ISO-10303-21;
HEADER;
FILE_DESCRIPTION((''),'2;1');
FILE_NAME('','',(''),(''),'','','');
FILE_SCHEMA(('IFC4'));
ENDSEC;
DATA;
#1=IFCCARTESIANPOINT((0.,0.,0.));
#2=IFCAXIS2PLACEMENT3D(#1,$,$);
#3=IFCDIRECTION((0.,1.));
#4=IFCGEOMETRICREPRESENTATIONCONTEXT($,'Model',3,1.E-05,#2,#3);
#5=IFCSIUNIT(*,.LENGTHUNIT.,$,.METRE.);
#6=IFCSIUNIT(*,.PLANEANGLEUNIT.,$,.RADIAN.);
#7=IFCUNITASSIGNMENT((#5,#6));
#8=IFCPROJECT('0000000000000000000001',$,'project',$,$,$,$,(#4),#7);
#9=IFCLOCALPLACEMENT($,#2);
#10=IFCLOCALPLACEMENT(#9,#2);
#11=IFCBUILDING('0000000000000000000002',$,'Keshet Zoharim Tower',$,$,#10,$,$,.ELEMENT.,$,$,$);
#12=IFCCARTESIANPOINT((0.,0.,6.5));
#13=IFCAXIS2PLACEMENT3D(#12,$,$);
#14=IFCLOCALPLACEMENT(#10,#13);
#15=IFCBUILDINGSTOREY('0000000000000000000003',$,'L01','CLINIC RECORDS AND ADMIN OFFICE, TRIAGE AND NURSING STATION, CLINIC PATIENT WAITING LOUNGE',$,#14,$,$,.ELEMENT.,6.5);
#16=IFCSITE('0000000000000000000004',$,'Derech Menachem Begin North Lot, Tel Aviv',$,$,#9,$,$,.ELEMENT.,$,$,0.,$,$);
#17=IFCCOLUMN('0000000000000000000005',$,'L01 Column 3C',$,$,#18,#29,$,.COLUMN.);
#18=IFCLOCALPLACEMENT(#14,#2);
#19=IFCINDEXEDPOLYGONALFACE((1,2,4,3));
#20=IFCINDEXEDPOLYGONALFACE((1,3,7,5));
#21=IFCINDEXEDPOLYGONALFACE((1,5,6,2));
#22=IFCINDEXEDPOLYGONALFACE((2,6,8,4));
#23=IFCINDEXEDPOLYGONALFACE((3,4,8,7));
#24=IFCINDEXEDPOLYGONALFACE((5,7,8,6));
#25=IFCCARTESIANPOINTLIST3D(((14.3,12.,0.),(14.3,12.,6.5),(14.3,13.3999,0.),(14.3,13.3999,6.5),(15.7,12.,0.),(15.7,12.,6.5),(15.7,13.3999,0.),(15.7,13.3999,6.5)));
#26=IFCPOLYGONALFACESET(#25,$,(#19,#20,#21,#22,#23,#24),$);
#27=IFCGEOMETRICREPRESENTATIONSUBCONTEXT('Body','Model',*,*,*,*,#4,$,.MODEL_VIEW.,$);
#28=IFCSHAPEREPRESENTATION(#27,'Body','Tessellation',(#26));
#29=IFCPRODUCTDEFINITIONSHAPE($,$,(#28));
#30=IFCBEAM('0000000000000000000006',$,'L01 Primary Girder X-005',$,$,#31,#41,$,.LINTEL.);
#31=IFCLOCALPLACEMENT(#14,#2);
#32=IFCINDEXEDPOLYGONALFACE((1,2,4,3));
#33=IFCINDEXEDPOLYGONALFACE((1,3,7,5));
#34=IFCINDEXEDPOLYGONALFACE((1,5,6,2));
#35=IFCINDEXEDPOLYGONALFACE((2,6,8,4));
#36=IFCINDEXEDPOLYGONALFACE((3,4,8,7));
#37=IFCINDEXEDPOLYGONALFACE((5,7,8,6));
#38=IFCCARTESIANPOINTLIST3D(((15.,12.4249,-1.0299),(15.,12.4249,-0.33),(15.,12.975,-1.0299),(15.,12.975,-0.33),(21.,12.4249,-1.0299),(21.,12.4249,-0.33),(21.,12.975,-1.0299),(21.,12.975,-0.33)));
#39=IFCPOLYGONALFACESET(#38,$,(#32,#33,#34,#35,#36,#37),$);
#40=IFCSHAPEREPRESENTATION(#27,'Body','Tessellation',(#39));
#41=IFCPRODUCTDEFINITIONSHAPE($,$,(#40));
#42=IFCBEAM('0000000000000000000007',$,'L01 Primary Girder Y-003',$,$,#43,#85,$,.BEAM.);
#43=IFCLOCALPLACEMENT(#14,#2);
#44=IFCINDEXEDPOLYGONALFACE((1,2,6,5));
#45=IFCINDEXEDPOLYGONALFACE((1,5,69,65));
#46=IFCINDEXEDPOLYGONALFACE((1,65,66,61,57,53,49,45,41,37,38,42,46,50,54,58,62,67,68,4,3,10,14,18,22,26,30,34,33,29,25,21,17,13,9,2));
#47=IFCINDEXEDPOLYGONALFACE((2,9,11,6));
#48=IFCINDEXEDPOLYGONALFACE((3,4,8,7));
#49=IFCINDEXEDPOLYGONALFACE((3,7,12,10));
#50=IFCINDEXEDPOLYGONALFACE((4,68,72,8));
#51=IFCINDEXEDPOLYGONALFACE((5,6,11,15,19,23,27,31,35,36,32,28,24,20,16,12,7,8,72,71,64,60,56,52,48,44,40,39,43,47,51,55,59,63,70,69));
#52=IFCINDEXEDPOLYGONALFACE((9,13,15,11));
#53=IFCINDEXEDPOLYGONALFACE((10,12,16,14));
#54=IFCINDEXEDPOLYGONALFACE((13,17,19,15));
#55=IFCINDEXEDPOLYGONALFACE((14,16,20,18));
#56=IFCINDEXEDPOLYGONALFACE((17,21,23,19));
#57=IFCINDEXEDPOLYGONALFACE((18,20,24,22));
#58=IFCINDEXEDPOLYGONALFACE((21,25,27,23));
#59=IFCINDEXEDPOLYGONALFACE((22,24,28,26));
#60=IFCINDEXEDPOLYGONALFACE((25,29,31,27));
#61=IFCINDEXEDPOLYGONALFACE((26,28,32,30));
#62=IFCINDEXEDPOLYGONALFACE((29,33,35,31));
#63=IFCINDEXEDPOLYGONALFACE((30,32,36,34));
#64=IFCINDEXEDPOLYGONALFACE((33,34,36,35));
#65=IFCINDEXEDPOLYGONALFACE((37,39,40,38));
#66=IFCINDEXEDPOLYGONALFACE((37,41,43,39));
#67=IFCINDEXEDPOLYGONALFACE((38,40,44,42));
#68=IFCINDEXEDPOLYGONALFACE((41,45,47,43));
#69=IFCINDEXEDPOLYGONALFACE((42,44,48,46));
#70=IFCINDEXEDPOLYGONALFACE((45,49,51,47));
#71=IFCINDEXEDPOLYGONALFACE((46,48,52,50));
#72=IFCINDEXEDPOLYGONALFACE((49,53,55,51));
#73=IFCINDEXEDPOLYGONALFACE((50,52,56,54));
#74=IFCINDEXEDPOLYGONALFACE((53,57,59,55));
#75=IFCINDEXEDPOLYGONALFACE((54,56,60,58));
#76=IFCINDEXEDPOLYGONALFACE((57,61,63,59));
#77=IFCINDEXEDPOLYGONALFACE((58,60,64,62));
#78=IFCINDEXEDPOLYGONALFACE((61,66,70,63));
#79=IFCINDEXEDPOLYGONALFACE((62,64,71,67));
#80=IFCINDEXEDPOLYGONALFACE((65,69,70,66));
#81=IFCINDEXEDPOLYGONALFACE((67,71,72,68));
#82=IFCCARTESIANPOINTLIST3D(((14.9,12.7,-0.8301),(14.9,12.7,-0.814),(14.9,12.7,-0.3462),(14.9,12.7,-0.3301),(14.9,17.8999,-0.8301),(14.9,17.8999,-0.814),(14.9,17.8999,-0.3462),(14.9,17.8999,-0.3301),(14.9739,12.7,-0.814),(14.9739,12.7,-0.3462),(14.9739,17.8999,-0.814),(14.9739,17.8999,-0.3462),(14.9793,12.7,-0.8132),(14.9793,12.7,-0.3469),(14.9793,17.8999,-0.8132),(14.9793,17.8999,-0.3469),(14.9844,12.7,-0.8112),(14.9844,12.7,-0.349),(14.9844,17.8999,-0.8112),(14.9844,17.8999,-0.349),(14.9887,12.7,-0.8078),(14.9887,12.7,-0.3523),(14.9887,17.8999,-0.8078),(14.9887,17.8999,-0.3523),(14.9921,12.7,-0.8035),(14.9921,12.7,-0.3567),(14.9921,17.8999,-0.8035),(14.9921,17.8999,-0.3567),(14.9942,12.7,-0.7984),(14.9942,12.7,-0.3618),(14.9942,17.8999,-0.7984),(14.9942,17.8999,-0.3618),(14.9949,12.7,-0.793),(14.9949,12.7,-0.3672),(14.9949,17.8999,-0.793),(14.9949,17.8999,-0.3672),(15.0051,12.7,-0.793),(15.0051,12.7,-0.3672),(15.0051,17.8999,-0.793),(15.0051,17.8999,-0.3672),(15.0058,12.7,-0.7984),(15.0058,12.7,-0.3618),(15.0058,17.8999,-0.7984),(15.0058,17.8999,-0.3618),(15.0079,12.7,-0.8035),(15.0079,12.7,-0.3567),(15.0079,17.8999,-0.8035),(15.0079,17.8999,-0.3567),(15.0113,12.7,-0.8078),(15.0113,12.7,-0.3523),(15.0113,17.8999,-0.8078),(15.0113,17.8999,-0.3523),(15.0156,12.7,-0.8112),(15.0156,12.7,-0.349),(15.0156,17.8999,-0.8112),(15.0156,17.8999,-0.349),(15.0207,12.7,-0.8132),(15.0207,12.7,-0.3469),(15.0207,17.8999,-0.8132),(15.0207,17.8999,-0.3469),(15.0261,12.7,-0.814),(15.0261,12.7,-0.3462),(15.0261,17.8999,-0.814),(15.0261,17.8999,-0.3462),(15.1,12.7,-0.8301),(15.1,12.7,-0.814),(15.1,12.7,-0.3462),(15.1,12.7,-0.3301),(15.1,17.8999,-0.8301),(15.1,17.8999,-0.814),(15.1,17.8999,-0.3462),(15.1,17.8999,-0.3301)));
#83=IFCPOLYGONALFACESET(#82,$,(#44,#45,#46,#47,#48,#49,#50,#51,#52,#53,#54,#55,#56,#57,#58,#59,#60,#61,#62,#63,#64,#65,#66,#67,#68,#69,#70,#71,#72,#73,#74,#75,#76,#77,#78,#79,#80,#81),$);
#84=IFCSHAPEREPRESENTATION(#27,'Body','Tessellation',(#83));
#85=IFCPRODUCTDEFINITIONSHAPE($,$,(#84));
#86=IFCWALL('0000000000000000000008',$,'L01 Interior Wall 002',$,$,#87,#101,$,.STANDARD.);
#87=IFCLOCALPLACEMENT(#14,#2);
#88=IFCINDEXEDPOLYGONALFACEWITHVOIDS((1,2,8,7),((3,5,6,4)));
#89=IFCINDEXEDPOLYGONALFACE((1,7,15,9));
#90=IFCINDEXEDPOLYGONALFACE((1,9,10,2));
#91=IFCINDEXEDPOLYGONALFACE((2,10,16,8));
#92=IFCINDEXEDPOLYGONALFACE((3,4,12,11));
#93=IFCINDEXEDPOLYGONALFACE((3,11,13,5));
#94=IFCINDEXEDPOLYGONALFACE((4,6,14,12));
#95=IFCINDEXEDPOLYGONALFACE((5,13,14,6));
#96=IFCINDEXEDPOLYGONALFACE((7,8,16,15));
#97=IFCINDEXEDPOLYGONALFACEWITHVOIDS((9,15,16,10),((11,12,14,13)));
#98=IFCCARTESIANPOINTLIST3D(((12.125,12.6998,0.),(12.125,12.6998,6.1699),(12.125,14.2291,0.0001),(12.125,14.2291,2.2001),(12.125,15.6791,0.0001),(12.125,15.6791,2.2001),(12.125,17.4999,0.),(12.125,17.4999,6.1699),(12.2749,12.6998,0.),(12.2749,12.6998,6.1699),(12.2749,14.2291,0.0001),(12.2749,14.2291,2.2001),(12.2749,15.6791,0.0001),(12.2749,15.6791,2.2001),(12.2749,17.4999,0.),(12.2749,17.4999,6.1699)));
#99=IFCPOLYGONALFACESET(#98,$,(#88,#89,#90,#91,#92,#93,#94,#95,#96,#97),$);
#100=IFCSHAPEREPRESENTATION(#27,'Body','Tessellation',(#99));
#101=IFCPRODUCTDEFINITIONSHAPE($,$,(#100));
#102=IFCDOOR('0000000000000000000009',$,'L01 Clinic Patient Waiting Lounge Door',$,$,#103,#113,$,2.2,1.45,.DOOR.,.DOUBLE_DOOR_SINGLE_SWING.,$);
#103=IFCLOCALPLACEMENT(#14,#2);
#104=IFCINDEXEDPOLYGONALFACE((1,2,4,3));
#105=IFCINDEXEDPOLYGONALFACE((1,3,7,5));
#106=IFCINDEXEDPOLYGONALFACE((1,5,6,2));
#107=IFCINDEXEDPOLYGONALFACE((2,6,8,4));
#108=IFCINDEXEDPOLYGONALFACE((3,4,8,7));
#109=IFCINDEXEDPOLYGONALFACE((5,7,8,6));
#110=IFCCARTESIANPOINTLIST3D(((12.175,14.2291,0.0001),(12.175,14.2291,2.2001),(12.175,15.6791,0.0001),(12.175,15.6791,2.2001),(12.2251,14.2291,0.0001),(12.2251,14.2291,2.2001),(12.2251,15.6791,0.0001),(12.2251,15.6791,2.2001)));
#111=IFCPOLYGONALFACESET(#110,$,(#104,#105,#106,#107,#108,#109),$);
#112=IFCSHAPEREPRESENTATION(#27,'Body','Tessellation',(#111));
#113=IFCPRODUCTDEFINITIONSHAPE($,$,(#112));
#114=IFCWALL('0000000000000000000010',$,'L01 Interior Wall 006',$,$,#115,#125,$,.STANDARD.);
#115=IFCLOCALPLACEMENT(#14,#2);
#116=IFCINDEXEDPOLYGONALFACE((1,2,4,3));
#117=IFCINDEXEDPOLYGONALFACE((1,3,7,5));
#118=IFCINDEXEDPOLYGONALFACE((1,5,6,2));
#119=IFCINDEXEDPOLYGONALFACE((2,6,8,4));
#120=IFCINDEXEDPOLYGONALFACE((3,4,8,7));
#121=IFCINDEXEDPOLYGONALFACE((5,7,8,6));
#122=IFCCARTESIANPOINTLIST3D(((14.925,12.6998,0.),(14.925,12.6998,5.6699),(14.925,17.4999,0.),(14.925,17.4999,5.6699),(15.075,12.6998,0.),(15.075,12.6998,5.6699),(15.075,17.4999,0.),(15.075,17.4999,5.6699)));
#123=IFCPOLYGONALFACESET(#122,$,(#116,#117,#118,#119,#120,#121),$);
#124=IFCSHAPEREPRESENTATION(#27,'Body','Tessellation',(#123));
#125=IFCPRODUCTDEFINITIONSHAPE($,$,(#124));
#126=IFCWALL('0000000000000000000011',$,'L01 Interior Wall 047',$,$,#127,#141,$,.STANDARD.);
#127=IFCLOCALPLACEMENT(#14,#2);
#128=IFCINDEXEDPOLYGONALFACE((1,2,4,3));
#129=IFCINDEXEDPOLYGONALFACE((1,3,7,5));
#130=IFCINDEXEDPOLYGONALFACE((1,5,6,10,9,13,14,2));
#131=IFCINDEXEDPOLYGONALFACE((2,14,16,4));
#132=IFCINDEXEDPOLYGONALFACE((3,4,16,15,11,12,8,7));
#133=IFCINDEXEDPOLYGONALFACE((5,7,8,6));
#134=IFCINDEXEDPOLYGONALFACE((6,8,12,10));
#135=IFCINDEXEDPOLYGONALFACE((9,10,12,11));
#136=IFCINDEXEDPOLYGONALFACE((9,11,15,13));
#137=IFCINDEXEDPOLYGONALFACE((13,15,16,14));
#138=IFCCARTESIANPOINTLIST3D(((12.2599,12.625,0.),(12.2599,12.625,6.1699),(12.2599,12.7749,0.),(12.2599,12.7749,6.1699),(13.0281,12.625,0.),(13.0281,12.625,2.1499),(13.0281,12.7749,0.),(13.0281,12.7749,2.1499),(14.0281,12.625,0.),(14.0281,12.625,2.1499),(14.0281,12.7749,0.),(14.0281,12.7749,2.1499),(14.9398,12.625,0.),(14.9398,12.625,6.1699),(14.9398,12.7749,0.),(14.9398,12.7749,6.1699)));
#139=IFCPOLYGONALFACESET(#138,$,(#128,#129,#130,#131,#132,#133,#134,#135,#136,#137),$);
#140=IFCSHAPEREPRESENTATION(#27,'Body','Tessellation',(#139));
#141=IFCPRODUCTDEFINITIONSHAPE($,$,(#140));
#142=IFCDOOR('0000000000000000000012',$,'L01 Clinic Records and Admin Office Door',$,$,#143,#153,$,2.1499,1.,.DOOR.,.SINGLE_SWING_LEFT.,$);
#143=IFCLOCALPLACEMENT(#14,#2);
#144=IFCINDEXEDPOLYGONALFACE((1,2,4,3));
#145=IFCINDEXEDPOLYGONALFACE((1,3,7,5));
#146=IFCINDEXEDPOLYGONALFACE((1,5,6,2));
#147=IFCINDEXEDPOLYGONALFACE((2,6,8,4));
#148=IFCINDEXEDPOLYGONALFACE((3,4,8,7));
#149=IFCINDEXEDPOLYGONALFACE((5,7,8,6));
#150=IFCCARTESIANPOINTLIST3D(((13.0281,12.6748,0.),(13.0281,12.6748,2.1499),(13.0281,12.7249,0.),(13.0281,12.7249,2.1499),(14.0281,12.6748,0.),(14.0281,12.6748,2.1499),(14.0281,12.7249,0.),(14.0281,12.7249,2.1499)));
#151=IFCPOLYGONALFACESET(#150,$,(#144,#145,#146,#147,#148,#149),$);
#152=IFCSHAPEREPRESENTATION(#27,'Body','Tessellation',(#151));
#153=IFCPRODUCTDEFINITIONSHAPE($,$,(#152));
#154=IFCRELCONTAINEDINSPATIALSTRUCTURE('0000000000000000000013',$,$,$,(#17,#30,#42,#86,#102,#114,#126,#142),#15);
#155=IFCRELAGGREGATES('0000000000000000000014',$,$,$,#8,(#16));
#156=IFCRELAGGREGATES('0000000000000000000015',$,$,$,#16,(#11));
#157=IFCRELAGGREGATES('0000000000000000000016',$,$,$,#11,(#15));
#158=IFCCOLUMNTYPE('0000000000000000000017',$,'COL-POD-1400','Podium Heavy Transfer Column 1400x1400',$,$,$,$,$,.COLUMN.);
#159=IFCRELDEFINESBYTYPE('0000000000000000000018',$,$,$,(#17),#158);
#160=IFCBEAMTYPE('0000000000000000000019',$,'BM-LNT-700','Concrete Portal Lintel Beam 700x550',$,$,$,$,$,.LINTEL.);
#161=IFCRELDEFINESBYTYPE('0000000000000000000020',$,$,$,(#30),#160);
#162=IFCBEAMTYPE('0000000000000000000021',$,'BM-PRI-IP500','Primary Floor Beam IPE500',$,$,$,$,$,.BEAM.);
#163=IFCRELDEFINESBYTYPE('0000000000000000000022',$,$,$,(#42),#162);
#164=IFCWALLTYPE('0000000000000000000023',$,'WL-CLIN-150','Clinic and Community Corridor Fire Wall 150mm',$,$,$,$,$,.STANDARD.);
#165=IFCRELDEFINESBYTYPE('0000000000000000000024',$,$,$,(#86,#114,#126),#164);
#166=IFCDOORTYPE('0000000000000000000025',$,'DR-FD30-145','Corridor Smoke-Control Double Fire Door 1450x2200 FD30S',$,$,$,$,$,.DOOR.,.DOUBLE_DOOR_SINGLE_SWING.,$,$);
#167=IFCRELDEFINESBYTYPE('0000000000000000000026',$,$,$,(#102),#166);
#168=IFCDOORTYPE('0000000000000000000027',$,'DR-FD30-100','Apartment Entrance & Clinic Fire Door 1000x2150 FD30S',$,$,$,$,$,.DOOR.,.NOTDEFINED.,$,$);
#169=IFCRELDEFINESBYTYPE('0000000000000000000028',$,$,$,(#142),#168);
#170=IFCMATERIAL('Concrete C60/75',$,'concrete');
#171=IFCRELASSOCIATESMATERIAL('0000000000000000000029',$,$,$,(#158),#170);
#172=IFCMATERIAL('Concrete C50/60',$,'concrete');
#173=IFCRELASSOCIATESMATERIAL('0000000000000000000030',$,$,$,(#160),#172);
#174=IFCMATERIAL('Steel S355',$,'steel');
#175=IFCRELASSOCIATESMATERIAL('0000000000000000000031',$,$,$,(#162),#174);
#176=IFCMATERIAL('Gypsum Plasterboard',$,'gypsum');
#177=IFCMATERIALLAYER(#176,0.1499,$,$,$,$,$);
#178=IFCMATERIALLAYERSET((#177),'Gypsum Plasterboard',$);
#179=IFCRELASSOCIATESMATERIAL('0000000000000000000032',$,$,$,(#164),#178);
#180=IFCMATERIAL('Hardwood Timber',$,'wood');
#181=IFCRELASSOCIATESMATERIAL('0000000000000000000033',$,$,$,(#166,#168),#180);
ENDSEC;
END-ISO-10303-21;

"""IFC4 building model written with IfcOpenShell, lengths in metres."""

from ifc_helpers import new_model, si_unit, direction, frame, frame_2d, origin, origin_2d, place, context, subcontext, project, spatial, rectangle, i_section, extrude, material, layer, layer_set, material_profile, profile_set, type_object, element, fill, save


model = new_model("IFC4")

# Units and contexts
model_context = context("Model", 3, precision=1e-05, world=origin(), true_north=direction((0.0, 1.0)))
body_context = subcontext(model_context, "Body", "Model", "MODEL_VIEW")
ifc_project = project(units=[si_unit("LENGTHUNIT", "METRE"), si_unit("PLANEANGLEUNIT", "RADIAN")], contexts=[model_context])

# Site, building, storey
site_placement = place(None, origin())
site = spatial("IfcSite", under=ifc_project, at=site_placement, Name="Derech Menachem Begin North Lot, Tel Aviv", CompositionType="ELEMENT", RefElevation=0.0)
building_placement = place(site_placement, origin())
building = spatial("IfcBuilding", under=site, at=building_placement, Name="Keshet Zoharim Tower", CompositionType="ELEMENT")
storey_placement = place(building_placement, frame((0.0, 0.0, 6.5)))
storey = spatial("IfcBuildingStorey", under=building, at=storey_placement, Name="L01", Description="CLINIC RECORDS AND ADMIN OFFICE, TRIAGE AND NURSING STATION, CLINIC PATIENT WAITING LOUNGE", CompositionType="ELEMENT", Elevation=6.5)

# Column
ifc_material_1 = material(Name="Concrete C60/75", Category="concrete")
ifc_material_profile_1 = material_profile(ifc_material_1, rectangle(XDim=1.3999, YDim=1.3999, at=origin_2d()), Name="RC1400x1400")
ifc_profile_set_1 = profile_set([ifc_material_profile_1], Name="Concrete C60/75")
column_type = type_object("IfcColumnType", Name="COL-POD-1400", Description="Podium Heavy Transfer Column 1400x1400", PredefinedType="COLUMN", material=ifc_profile_set_1)
column_placement = place(storey_placement, frame((15.0, 12.7, 0.0), z_axis=(0.0, 0.0, 1.0), x_axis=(1.0, 0.0, 0.0)))
element("IfcColumn", 1, at=column_placement, inside=storey, type_object=column_type, Name="L01 Column 3C", PredefinedType="COLUMN", context=body_context, shape_type="SweptSolid", body=[
    extrude(rectangle(XDim=1.3999, YDim=1.3999, at=origin_2d()), origin(), (0.0, 0.0, 1.0), 6.5),
])

# Beams
ifc_material_2 = material(Name="Concrete C50/60", Category="concrete")
ifc_material_profile_2 = material_profile(ifc_material_2, rectangle(XDim=0.55, YDim=0.7, at=origin_2d()), Name="RC700x550")
ifc_profile_set_2 = profile_set([ifc_material_profile_2], Name="Concrete C50/60")
beam_type_1 = type_object("IfcBeamType", Name="BM-LNT-700", Description="Concrete Portal Lintel Beam 700x550", PredefinedType="LINTEL", material=ifc_profile_set_2)
beam_1_placement = place(storey_placement, frame((15.0, 12.7, -0.6799), z_axis=(1.0, 0.0, 0.0), x_axis=(0.0, 1.0, 0.0)))
element("IfcBeam", 2, at=beam_1_placement, inside=storey, type_object=beam_type_1, Name="L01 Primary Girder X-005", PredefinedType="LINTEL", context=body_context, shape_type="SweptSolid", body=[
    extrude(rectangle(XDim=0.55, YDim=0.7, at=origin_2d()), origin(), (0.0, 0.0, 1.0), 6.0),
])
ifc_material_3 = material(Name="Steel S355", Category="steel")
ifc_material_profile_3 = material_profile(ifc_material_3, i_section(OverallWidth=0.2, OverallDepth=0.5, WebThickness=0.0103, FlangeThickness=0.0161, FilletRadius=0.021, at=origin_2d()), Name="IPE500")
ifc_profile_set_3 = profile_set([ifc_material_profile_3], Name="Steel S355")
beam_type_2 = type_object("IfcBeamType", Name="BM-PRI-IP500", Description="Primary Floor Beam IPE500", PredefinedType="BEAM", material=ifc_profile_set_3)
beam_2_placement = place(storey_placement, frame((15.0, 12.7, -0.5801), z_axis=(0.0, 1.0, 0.0), x_axis=(-1.0, 0.0, 0.0)))
element("IfcBeam", 3, at=beam_2_placement, inside=storey, type_object=beam_type_2, Name="L01 Primary Girder Y-003", PredefinedType="BEAM", context=body_context, shape_type="SweptSolid", body=[
    extrude(i_section(OverallWidth=0.2, OverallDepth=0.5, WebThickness=0.0103, FlangeThickness=0.0161, FilletRadius=0.021, at=origin_2d()), origin(), (0.0, 0.0, 1.0), 5.2),
])

# Wall, opening, door
ifc_material_4 = material(Name="Gypsum Plasterboard", Category="gypsum")
ifc_layer_1 = layer(ifc_material_4, 0.1499)
ifc_layer_set_1 = layer_set([ifc_layer_1], Name="Gypsum Plasterboard")
wall_type_1 = type_object("IfcWallType", Name="WL-CLIN-150", Description="Clinic and Community Corridor Fire Wall 150mm", PredefinedType="STANDARD", material=ifc_layer_set_1)
wall_1_placement = place(storey_placement, frame((12.2, 12.7, 0.0), z_axis=(0.0, 0.0, 1.0), x_axis=(0.0, 1.0, 0.0)))
wall_1 = element("IfcWall", 4, at=wall_1_placement, inside=storey, type_object=wall_type_1, Name="L01 Interior Wall 002", PredefinedType="STANDARD", context=body_context, shape_type="SweptSolid", body=[
    extrude(rectangle(XDim=4.8, YDim=0.1499, at=frame_2d((2.3999, 0.0))), origin(), (0.0, 0.0, 1.0), 6.1699),
])
opening_1_placement = place(wall_1_placement, frame((1.5291, 0.0, 0.0)))
opening_1 = element("IfcOpeningElement", 5, at=opening_1_placement, cuts=wall_1, PredefinedType="OPENING", context=body_context, shape_type="SweptSolid", body=[
    extrude(rectangle(XDim=1.45, YDim=2.2, at=frame_2d((0.7251, 1.1001))), frame((0.0, 0.085, 0.0), z_axis=(0.0, -1.0, 0.0), x_axis=(1.0, 0.0, 0.0)), (0.0, 0.0, 1.0), 0.1699),
])
ifc_material_5 = material(Name="Hardwood Timber", Category="wood")
door_type_1 = type_object("IfcDoorType", Name="DR-FD30-145", Description="Corridor Smoke-Control Double Fire Door 1450x2200 FD30S", OperationType="DOUBLE_DOOR_SINGLE_SWING", PredefinedType="DOOR", material=ifc_material_5)
door_1_placement = place(opening_1_placement, origin())
door_1 = element("IfcDoor", 6, at=door_1_placement, inside=storey, type_object=door_type_1, Name="L01 Clinic Patient Waiting Lounge Door", OperationType="DOUBLE_DOOR_SINGLE_SWING", OverallHeight=2.2, OverallWidth=1.45, PredefinedType="DOOR", context=body_context, shape_type="SweptSolid", body=[
    extrude(rectangle(XDim=1.45, YDim=2.2, at=frame_2d((0.7251, 1.1001))), frame((0.0, 0.0249, 0.0), z_axis=(0.0, -1.0, 0.0), x_axis=(1.0, 0.0, 0.0)), (0.0, 0.0, 1.0), 0.05),
])
fill(opening_1, door_1)

# Wall
wall_2_placement = place(storey_placement, frame((15.0, 12.7, 0.0), z_axis=(0.0, 0.0, 1.0), x_axis=(0.0, 1.0, 0.0)))
element("IfcWall", 7, at=wall_2_placement, inside=storey, type_object=wall_type_1, Name="L01 Interior Wall 006", PredefinedType="STANDARD", context=body_context, shape_type="SweptSolid", body=[
    extrude(rectangle(XDim=4.8, YDim=0.1499, at=frame_2d((2.3999, 0.0))), origin(), (0.0, 0.0, 1.0), 5.6699),
])

# Wall, opening, door
wall_3_placement = place(storey_placement, frame((12.26, 12.7, 0.0), z_axis=(0.0, 0.0, 1.0), x_axis=(1.0, 0.0, 0.0)))
wall_3 = element("IfcWall", 8, at=wall_3_placement, inside=storey, type_object=wall_type_1, Name="L01 Interior Wall 047", PredefinedType="STANDARD", context=body_context, shape_type="SweptSolid", body=[
    extrude(rectangle(XDim=2.6799, YDim=0.1499, at=frame_2d((1.3398, 0.0))), origin(), (0.0, 0.0, 1.0), 6.1699),
])
opening_2_placement = place(wall_3_placement, frame((0.7681, 0.0, 0.0)))
opening_2 = element("IfcOpeningElement", 9, at=opening_2_placement, cuts=wall_3, PredefinedType="OPENING", context=body_context, shape_type="SweptSolid", body=[
    extrude(rectangle(XDim=1.0, YDim=2.1499, at=frame_2d((0.5, 1.075))), frame((0.0, 0.085, 0.0), z_axis=(0.0, -1.0, 0.0), x_axis=(1.0, 0.0, 0.0)), (0.0, 0.0, 1.0), 0.1699),
])
door_type_2 = type_object("IfcDoorType", Name="DR-FD30-100", Description="Apartment Entrance & Clinic Fire Door 1000x2150 FD30S", OperationType="NOTDEFINED", PredefinedType="DOOR", material=ifc_material_5)
door_2_placement = place(opening_2_placement, origin())
door_2 = element("IfcDoor", 10, at=door_2_placement, inside=storey, type_object=door_type_2, Name="L01 Clinic Records and Admin Office Door", OperationType="SINGLE_SWING_LEFT", OverallHeight=2.1499, OverallWidth=1.0, PredefinedType="DOOR", context=body_context, shape_type="SweptSolid", body=[
    extrude(rectangle(XDim=1.0, YDim=2.1499, at=frame_2d((0.5, 1.075))), frame((0.0, 0.0249, 0.0), z_axis=(0.0, -1.0, 0.0), x_axis=(1.0, 0.0, 0.0)), (0.0, 0.0, 1.0), 0.05),
])
fill(opening_2, door_2)

save(model, "model.ifc")
